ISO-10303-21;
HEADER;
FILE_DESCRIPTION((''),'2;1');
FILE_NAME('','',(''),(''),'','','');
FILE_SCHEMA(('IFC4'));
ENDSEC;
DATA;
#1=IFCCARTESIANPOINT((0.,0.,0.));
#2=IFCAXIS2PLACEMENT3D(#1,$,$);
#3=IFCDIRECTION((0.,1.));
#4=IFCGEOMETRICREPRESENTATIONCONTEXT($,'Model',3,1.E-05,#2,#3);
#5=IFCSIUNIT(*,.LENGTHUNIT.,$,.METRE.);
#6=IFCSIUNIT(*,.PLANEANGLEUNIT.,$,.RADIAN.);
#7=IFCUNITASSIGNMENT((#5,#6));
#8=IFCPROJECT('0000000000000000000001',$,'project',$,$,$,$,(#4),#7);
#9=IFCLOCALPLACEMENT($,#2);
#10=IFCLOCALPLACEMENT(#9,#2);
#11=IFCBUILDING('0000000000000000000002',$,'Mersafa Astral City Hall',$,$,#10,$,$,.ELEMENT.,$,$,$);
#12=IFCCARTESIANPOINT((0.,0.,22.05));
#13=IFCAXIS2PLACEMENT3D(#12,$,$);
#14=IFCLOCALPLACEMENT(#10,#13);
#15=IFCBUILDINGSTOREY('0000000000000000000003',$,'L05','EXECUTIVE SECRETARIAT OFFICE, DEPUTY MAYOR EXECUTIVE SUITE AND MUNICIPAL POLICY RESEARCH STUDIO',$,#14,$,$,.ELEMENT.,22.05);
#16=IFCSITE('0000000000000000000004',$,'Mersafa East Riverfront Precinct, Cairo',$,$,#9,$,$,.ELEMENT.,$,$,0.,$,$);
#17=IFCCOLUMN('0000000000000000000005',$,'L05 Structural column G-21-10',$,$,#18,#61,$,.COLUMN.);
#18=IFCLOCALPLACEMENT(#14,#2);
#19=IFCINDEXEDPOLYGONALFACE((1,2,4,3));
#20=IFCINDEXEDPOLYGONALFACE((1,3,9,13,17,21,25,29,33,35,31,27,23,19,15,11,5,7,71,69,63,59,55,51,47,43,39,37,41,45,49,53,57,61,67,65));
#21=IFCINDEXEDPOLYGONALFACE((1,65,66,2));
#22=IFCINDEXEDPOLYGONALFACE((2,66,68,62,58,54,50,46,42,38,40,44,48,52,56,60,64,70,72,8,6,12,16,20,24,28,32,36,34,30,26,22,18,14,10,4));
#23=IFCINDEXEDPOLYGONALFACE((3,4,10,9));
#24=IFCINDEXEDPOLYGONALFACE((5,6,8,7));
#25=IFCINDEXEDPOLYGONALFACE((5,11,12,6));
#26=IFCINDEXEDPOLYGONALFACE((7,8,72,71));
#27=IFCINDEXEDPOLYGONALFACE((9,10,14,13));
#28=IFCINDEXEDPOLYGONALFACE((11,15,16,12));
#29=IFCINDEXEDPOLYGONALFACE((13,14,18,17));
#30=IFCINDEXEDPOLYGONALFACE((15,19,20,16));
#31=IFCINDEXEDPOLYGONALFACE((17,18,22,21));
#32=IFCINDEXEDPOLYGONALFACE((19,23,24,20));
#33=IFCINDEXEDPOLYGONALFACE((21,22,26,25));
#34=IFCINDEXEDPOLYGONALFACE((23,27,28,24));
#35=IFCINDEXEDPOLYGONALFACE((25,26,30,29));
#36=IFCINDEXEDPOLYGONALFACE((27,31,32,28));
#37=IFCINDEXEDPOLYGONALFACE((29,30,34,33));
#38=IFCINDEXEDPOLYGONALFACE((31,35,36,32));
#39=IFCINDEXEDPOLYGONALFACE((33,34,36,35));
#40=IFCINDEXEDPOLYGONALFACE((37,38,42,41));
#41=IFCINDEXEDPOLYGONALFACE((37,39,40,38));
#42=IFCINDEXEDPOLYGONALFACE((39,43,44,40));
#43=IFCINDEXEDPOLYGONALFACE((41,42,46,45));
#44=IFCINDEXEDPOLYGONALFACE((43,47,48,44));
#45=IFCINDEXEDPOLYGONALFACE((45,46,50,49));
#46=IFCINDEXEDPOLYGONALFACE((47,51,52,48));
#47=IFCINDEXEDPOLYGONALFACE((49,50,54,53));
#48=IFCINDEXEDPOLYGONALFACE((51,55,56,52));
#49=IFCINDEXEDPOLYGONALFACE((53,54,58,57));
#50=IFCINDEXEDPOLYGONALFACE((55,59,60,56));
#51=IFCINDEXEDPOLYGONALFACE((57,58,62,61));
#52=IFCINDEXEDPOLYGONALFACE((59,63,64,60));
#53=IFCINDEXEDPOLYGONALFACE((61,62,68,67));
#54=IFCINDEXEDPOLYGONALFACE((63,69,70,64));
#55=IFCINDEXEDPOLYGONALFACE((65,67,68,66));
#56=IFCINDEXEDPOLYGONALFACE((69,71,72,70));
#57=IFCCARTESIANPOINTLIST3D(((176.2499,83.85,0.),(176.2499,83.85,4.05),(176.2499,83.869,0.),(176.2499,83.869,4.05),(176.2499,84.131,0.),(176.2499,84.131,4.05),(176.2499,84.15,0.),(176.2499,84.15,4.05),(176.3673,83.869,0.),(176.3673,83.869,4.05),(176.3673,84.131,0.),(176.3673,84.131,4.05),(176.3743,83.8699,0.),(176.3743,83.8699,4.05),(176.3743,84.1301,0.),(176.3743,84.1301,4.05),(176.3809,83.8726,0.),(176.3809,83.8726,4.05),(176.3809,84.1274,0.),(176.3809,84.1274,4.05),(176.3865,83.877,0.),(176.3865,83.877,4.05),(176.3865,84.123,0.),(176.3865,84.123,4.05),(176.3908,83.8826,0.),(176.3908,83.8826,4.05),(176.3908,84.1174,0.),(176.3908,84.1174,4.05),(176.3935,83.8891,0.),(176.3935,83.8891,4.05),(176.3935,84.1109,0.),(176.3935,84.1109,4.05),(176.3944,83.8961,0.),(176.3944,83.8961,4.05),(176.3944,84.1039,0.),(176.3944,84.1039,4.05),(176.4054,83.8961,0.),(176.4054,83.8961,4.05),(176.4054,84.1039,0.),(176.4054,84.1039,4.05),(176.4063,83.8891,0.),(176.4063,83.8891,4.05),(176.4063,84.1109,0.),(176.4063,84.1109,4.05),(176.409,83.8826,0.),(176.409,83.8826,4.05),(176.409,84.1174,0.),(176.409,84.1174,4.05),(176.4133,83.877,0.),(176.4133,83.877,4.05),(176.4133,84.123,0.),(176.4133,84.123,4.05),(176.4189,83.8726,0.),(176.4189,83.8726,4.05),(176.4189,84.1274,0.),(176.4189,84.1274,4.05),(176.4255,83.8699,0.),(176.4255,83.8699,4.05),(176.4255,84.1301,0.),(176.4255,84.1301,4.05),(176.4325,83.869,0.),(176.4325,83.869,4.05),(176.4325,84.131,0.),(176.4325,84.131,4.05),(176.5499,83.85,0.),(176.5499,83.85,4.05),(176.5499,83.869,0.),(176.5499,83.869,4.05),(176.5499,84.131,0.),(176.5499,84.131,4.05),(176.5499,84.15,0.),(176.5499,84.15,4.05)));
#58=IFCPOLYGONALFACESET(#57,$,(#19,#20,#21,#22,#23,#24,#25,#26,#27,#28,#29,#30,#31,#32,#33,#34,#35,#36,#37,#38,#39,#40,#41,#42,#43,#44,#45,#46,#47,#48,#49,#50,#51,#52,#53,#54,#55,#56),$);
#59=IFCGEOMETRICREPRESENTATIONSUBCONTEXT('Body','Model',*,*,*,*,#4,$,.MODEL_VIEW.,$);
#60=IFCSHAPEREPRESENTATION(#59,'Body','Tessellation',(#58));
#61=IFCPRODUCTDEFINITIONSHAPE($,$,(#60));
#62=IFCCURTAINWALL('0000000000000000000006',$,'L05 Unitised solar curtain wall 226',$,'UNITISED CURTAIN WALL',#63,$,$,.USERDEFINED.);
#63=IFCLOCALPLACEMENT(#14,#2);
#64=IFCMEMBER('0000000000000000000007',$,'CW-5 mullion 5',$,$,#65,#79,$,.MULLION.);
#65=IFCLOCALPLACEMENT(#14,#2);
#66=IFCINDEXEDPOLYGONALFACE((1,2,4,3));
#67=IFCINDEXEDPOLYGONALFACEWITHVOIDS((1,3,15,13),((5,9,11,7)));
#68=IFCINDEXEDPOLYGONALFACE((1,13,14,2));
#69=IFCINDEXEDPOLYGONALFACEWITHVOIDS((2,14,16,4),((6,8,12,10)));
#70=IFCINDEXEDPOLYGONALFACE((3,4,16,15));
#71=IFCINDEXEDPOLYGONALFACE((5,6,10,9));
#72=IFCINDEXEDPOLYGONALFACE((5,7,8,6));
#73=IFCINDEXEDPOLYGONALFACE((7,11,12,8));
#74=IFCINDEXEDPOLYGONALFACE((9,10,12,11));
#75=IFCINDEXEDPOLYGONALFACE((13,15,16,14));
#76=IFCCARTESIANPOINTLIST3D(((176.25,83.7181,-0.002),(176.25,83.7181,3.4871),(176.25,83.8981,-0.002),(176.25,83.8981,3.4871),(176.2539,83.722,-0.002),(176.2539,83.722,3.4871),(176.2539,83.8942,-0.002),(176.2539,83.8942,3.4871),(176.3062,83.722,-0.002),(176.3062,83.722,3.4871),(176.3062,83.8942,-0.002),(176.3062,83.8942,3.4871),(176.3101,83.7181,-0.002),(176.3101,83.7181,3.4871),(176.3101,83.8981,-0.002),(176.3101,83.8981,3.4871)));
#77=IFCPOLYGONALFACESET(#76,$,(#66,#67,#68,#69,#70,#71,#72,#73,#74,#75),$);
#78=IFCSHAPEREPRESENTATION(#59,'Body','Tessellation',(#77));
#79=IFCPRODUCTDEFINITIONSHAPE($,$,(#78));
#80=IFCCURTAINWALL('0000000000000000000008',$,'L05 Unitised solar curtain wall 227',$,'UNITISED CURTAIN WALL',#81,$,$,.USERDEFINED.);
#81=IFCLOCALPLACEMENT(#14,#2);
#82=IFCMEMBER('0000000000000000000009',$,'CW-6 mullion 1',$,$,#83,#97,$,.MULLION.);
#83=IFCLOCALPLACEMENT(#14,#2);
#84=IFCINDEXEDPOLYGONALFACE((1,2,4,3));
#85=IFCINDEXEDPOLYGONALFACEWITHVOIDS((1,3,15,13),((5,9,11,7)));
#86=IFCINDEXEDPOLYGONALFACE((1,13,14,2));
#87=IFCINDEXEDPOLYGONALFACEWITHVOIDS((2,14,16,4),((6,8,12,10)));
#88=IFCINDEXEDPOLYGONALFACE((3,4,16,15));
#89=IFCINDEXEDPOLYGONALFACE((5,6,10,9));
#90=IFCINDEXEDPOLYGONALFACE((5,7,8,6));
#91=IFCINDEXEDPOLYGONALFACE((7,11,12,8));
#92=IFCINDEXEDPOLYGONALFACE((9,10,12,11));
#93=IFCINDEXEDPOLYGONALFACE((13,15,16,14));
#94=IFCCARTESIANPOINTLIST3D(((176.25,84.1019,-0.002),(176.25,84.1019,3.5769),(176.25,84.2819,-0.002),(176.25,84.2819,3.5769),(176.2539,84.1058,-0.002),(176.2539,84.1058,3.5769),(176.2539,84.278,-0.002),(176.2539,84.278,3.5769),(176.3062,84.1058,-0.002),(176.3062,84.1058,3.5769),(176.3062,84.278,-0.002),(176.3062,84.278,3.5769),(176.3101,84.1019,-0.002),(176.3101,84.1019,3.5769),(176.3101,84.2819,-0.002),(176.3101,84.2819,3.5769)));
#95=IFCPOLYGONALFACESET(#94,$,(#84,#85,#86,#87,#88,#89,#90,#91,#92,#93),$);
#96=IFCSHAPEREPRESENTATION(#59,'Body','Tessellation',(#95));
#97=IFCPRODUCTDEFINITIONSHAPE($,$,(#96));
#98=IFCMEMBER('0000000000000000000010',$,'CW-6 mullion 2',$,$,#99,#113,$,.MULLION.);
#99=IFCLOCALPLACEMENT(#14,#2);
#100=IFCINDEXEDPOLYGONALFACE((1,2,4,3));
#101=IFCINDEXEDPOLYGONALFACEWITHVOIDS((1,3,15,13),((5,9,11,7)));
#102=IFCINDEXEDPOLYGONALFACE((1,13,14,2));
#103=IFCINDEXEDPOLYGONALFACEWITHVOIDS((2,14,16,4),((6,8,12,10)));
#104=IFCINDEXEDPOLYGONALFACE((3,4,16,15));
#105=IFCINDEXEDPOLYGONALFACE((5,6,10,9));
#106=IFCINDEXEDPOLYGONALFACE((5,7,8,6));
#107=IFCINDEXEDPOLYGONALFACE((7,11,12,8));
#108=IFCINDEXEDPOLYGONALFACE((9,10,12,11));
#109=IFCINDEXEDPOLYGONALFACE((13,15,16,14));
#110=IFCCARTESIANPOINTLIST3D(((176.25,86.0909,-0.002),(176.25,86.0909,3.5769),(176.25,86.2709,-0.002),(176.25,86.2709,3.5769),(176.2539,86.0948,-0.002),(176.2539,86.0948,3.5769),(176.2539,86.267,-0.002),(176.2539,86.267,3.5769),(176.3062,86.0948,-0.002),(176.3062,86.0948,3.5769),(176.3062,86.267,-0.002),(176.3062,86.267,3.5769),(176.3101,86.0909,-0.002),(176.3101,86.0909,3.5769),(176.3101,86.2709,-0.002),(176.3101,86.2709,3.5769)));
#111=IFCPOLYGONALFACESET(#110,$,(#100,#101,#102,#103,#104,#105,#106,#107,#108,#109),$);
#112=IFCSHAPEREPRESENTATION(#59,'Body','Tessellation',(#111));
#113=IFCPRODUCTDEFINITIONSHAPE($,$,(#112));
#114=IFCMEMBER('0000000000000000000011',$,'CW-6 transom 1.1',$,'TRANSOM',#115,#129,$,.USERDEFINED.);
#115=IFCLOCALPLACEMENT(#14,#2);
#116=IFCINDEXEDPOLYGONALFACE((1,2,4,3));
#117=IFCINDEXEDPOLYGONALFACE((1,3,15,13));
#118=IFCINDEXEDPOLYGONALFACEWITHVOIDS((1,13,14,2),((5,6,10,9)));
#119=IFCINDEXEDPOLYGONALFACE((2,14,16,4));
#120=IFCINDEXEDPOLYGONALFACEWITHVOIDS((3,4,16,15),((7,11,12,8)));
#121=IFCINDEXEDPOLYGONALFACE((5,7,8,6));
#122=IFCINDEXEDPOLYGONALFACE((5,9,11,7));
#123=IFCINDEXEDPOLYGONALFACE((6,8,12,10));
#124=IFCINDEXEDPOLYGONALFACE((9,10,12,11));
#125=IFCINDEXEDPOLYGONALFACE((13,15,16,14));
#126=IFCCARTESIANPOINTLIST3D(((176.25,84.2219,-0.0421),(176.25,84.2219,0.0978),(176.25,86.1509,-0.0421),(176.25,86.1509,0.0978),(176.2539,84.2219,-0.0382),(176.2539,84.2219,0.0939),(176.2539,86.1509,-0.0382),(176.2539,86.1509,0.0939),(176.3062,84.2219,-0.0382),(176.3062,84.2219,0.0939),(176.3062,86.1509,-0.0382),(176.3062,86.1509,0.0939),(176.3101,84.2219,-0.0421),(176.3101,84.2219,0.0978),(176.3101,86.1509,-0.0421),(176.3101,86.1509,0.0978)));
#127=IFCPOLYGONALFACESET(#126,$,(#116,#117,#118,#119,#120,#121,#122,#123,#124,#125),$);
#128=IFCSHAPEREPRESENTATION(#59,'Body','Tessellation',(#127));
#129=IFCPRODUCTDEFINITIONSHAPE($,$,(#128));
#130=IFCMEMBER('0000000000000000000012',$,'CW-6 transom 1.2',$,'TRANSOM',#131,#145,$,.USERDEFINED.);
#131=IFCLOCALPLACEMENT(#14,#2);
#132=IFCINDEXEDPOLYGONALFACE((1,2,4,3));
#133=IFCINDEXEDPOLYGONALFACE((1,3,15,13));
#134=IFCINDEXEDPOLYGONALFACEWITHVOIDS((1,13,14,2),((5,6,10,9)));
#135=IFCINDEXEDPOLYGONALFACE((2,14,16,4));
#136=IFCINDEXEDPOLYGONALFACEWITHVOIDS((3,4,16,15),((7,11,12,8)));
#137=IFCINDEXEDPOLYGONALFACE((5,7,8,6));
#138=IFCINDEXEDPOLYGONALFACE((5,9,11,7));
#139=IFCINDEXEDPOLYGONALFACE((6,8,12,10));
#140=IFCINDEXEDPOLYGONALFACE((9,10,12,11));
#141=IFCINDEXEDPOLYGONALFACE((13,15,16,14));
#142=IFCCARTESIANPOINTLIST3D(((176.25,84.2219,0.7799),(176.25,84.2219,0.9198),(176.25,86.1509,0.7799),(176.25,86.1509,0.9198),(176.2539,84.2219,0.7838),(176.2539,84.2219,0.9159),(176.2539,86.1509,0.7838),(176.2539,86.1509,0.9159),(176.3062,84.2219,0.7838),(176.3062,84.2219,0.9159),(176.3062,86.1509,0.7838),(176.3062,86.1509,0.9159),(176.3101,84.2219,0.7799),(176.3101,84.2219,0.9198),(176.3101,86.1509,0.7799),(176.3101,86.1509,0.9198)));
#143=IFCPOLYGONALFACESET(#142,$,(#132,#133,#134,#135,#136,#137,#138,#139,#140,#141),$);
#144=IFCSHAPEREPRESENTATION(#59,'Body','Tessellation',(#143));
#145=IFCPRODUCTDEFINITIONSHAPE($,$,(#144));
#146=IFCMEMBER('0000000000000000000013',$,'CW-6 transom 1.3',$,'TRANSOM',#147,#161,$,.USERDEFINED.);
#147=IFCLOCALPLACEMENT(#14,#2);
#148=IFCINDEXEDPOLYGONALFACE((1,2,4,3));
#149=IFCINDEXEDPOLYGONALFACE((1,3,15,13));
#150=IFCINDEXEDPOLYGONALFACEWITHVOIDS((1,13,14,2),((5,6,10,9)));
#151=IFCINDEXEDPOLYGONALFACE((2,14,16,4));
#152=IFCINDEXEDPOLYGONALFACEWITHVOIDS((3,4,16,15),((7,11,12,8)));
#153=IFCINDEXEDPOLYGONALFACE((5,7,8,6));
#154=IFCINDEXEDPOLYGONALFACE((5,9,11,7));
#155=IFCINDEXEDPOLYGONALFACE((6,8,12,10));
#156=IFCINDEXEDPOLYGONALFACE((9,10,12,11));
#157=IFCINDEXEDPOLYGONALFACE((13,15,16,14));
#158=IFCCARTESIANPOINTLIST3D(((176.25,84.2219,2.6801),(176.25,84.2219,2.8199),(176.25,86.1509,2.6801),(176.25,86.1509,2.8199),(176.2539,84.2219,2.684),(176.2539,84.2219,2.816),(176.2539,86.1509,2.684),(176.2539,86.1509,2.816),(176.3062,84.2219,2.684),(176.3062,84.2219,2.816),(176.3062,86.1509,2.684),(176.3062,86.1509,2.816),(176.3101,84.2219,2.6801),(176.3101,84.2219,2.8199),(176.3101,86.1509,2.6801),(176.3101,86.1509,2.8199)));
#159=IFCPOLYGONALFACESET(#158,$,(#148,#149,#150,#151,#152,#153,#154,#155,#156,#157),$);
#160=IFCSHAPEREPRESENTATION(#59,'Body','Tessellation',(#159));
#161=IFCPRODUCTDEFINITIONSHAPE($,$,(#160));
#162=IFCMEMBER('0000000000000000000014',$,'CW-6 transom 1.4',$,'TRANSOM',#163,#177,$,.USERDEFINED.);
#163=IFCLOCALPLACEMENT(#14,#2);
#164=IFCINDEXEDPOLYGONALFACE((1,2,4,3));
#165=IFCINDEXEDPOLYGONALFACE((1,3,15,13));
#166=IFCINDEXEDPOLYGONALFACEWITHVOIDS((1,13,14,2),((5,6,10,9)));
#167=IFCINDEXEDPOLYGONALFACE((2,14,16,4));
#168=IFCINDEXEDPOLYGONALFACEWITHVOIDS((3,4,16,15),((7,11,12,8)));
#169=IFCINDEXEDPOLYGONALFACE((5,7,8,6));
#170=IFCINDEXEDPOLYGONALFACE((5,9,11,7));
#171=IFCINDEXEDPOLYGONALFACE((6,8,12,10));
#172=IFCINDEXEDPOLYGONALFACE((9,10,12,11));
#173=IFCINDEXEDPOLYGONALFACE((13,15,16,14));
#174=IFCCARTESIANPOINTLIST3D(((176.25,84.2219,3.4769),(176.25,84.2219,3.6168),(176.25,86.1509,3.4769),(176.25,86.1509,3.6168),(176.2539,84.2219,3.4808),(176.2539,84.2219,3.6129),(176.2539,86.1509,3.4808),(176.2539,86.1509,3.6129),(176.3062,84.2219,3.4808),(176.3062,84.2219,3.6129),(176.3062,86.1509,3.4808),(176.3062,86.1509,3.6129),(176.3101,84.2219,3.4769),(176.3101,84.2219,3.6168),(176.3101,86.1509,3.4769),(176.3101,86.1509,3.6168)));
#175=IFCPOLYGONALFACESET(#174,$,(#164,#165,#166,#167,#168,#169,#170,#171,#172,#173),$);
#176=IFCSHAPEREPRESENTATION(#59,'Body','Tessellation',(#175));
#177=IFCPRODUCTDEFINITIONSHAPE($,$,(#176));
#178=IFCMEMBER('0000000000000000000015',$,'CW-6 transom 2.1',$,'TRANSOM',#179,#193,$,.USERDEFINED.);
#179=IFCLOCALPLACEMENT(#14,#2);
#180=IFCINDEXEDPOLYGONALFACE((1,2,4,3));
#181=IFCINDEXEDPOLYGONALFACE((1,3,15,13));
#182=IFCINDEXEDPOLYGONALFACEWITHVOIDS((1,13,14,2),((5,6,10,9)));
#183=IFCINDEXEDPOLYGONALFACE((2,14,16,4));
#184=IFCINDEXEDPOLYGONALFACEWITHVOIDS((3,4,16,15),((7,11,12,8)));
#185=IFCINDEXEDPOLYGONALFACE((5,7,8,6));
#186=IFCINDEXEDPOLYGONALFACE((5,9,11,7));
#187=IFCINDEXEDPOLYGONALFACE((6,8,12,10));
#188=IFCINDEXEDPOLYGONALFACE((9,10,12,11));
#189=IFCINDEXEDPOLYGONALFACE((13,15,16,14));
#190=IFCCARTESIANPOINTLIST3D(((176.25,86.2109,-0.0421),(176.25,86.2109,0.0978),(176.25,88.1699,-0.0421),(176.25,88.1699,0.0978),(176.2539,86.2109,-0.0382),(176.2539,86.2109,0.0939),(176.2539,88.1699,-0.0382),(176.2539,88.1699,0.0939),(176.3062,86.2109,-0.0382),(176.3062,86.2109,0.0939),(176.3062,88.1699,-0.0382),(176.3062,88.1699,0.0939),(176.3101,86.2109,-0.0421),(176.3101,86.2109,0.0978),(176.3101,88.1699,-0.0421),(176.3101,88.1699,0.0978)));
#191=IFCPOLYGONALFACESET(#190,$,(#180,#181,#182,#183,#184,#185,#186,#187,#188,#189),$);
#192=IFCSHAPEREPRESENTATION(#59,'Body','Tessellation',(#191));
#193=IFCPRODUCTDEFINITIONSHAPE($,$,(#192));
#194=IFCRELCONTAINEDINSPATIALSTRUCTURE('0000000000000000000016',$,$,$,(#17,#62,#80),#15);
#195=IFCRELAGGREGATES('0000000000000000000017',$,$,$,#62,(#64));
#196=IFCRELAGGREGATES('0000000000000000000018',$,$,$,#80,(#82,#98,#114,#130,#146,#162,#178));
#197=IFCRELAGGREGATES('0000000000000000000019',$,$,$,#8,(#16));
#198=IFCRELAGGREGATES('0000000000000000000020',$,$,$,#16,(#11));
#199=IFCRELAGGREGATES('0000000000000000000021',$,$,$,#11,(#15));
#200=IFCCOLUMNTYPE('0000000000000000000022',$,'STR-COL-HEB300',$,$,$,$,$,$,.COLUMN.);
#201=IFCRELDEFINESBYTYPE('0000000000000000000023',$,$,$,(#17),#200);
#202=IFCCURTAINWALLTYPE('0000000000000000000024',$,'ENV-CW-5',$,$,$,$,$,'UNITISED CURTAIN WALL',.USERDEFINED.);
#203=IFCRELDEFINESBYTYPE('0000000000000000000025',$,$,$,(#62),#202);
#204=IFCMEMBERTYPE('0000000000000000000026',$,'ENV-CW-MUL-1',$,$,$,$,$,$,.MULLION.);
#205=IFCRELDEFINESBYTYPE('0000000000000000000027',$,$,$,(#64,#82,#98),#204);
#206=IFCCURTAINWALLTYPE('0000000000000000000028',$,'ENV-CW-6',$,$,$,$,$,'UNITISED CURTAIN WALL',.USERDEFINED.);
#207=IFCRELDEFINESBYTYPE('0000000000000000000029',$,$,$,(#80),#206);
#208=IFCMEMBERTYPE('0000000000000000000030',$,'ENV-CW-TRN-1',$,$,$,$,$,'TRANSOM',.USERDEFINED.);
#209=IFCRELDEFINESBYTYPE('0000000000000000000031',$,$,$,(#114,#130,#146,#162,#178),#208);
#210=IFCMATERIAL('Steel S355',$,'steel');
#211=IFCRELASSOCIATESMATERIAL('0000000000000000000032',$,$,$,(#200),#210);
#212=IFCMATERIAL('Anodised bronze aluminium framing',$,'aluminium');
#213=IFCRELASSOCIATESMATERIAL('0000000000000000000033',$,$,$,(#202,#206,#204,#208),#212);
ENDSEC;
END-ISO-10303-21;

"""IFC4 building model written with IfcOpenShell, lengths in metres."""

from ifc_helpers import new_model, si_unit, direction, frame, origin, origin_2d, place, context, subcontext, project, spatial, hollow_rectangle, i_section, extrude, material, material_profile, profile_set, type_object, element, aggregate, save


model = new_model("IFC4")

# Units and contexts
model_context = context("Model", 3, precision=1e-05, world=origin(), true_north=direction((0.0, 1.0)))
body_context = subcontext(model_context, "Body", "Model", "MODEL_VIEW")
ifc_project = project(units=[si_unit("LENGTHUNIT", "METRE"), si_unit("PLANEANGLEUNIT", "RADIAN")], contexts=[model_context])

# Site, building, storey
site_placement = place(None, origin())
site = spatial("IfcSite", under=ifc_project, at=site_placement, Name="Mersafa East Riverfront Precinct, Cairo", CompositionType="ELEMENT", RefElevation=0.0)
building_placement = place(site_placement, origin())
building = spatial("IfcBuilding", under=site, at=building_placement, Name="Mersafa Astral City Hall", CompositionType="ELEMENT")
storey_placement = place(building_placement, frame((0.0, 0.0, 22.05)))
storey = spatial("IfcBuildingStorey", under=building, at=storey_placement, Name="L05", Description="EXECUTIVE SECRETARIAT OFFICE, DEPUTY MAYOR EXECUTIVE SUITE AND MUNICIPAL POLICY RESEARCH STUDIO", CompositionType="ELEMENT", Elevation=22.05)

# Column
ifc_material_1 = material(Name="Steel S355", Category="steel")
ifc_material_profile_1 = material_profile(ifc_material_1, i_section(OverallWidth=0.3, OverallDepth=0.3, WebThickness=0.011, FlangeThickness=0.019, FilletRadius=0.0271, at=origin_2d()), Name="HEB 300")
ifc_profile_set_1 = profile_set([ifc_material_profile_1], Name="Steel S355")
column_type = type_object("IfcColumnType", Name="STR-COL-HEB300", PredefinedType="COLUMN", material=ifc_profile_set_1)
column_placement = place(storey_placement, frame((176.3999, 84.0, 0.0), z_axis=(0.0, 0.0, 1.0), x_axis=(1.0, 0.0, 0.0)))
element("IfcColumn", 1, at=column_placement, inside=storey, type_object=column_type, Name="L05 Structural column G-21-10", PredefinedType="COLUMN", context=body_context, shape_type="SweptSolid", body=[
    extrude(i_section(OverallWidth=0.3, OverallDepth=0.3, WebThickness=0.011, FlangeThickness=0.019, FilletRadius=0.0271, at=origin_2d()), origin(), (0.0, 0.0, 1.0), 4.05),
])

# Curtain wall, member
ifc_material_2 = material(Name="Anodised bronze aluminium framing", Category="aluminium")
curtain_wall_type_1 = type_object("IfcCurtainWallType", Name="ENV-CW-5", ElementType="UNITISED CURTAIN WALL", PredefinedType="USERDEFINED", material=ifc_material_2)
curtain_wall_1_placement = place(storey_placement, origin())
curtain_wall_1 = element("IfcCurtainWall", 2, at=curtain_wall_1_placement, inside=storey, type_object=curtain_wall_type_1, Name="L05 Unitised solar curtain wall 226", ObjectType="UNITISED CURTAIN WALL", PredefinedType="USERDEFINED")
ifc_material_profile_2 = material_profile(ifc_material_2, hollow_rectangle(XDim=0.0601, YDim=0.1799, WallThickness=0.0039, at=origin_2d()), Name="RHS 60x180x4")
ifc_profile_set_2 = profile_set([ifc_material_profile_2], Name="Anodised bronze aluminium framing")
member_type_1 = type_object("IfcMemberType", Name="ENV-CW-MUL-1", PredefinedType="MULLION", material=ifc_profile_set_2)
member_1_placement = place(storey_placement, frame((176.28, 83.8081, -0.002), z_axis=(0.0, 0.0, 1.0), x_axis=(-1.0, 0.0, 0.0)))
member_1 = element("IfcMember", 3, at=member_1_placement, type_object=member_type_1, Name="CW-5 mullion 5", PredefinedType="MULLION", context=body_context, shape_type="SweptSolid", body=[
    extrude(hollow_rectangle(XDim=0.0601, YDim=0.1799, WallThickness=0.0039, at=origin_2d()), origin(), (0.0, 0.0, 1.0), 3.489),
])

# Curtain wall, members
curtain_wall_type_2 = type_object("IfcCurtainWallType", Name="ENV-CW-6", ElementType="UNITISED CURTAIN WALL", PredefinedType="USERDEFINED", material=ifc_material_2)
curtain_wall_2_placement = place(storey_placement, origin())
curtain_wall_2 = element("IfcCurtainWall", 4, at=curtain_wall_2_placement, inside=storey, type_object=curtain_wall_type_2, Name="L05 Unitised solar curtain wall 227", ObjectType="UNITISED CURTAIN WALL", PredefinedType="USERDEFINED")
member_2_placement = place(storey_placement, frame((176.28, 84.1919, -0.002), z_axis=(0.0, 0.0, 1.0), x_axis=(-1.0, 0.0, 0.0)))
member_2 = element("IfcMember", 5, at=member_2_placement, type_object=member_type_1, Name="CW-6 mullion 1", PredefinedType="MULLION", context=body_context, shape_type="SweptSolid", body=[
    extrude(hollow_rectangle(XDim=0.0601, YDim=0.1799, WallThickness=0.0039, at=origin_2d()), origin(), (0.0, 0.0, 1.0), 3.5789),
])
member_3_placement = place(storey_placement, frame((176.28, 86.1809, -0.002), z_axis=(0.0, 0.0, 1.0), x_axis=(-1.0, 0.0, 0.0)))
member_3 = element("IfcMember", 6, at=member_3_placement, type_object=member_type_1, Name="CW-6 mullion 2", PredefinedType="MULLION", context=body_context, shape_type="SweptSolid", body=[
    extrude(hollow_rectangle(XDim=0.0601, YDim=0.1799, WallThickness=0.0039, at=origin_2d()), origin(), (0.0, 0.0, 1.0), 3.5789),
])
ifc_material_profile_3 = material_profile(ifc_material_2, hollow_rectangle(XDim=0.0601, YDim=0.1399, WallThickness=0.0039, at=origin_2d()), Name="RHS 60x140x4")
ifc_profile_set_3 = profile_set([ifc_material_profile_3], Name="Anodised bronze aluminium framing")
member_type_2 = type_object("IfcMemberType", Name="ENV-CW-TRN-1", ElementType="TRANSOM", PredefinedType="USERDEFINED", material=ifc_profile_set_3)
member_4_placement = place(storey_placement, frame((176.28, 84.2219, 0.0278), z_axis=(0.0, 1.0, 0.0), x_axis=(-1.0, 0.0, 0.0)))
member_4 = element("IfcMember", 7, at=member_4_placement, type_object=member_type_2, Name="CW-6 transom 1.1", ObjectType="TRANSOM", PredefinedType="USERDEFINED", context=body_context, shape_type="SweptSolid", body=[
    extrude(hollow_rectangle(XDim=0.0601, YDim=0.1399, WallThickness=0.0039, at=origin_2d()), origin(), (0.0, 0.0, 1.0), 1.929),
])
member_5_placement = place(storey_placement, frame((176.28, 84.2219, 0.8499), z_axis=(0.0, 1.0, 0.0), x_axis=(-1.0, 0.0, 0.0)))
member_5 = element("IfcMember", 8, at=member_5_placement, type_object=member_type_2, Name="CW-6 transom 1.2", ObjectType="TRANSOM", PredefinedType="USERDEFINED", context=body_context, shape_type="SweptSolid", body=[
    extrude(hollow_rectangle(XDim=0.0601, YDim=0.1399, WallThickness=0.0039, at=origin_2d()), origin(), (0.0, 0.0, 1.0), 1.929),
])
member_6_placement = place(storey_placement, frame((176.28, 84.2219, 2.75), z_axis=(0.0, 1.0, 0.0), x_axis=(-1.0, 0.0, 0.0)))
member_6 = element("IfcMember", 9, at=member_6_placement, type_object=member_type_2, Name="CW-6 transom 1.3", ObjectType="TRANSOM", PredefinedType="USERDEFINED", context=body_context, shape_type="SweptSolid", body=[
    extrude(hollow_rectangle(XDim=0.0601, YDim=0.1399, WallThickness=0.0039, at=origin_2d()), origin(), (0.0, 0.0, 1.0), 1.929),
])
member_7_placement = place(storey_placement, frame((176.28, 84.2219, 3.5469), z_axis=(0.0, 1.0, 0.0), x_axis=(-1.0, 0.0, 0.0)))
member_7 = element("IfcMember", 10, at=member_7_placement, type_object=member_type_2, Name="CW-6 transom 1.4", ObjectType="TRANSOM", PredefinedType="USERDEFINED", context=body_context, shape_type="SweptSolid", body=[
    extrude(hollow_rectangle(XDim=0.0601, YDim=0.1399, WallThickness=0.0039, at=origin_2d()), origin(), (0.0, 0.0, 1.0), 1.929),
])
member_8_placement = place(storey_placement, frame((176.28, 86.2109, 0.0278), z_axis=(0.0, 1.0, 0.0), x_axis=(-1.0, 0.0, 0.0)))
member_8 = element("IfcMember", 11, at=member_8_placement, type_object=member_type_2, Name="CW-6 transom 2.1", ObjectType="TRANSOM", PredefinedType="USERDEFINED", context=body_context, shape_type="SweptSolid", body=[
    extrude(hollow_rectangle(XDim=0.0601, YDim=0.1399, WallThickness=0.0039, at=origin_2d()), origin(), (0.0, 0.0, 1.0), 1.959),
])

aggregate(curtain_wall_1, [member_1])
aggregate(curtain_wall_2, [member_2, member_3, member_4, member_5, member_6, member_7, member_8])

save(model, "model.ifc")
